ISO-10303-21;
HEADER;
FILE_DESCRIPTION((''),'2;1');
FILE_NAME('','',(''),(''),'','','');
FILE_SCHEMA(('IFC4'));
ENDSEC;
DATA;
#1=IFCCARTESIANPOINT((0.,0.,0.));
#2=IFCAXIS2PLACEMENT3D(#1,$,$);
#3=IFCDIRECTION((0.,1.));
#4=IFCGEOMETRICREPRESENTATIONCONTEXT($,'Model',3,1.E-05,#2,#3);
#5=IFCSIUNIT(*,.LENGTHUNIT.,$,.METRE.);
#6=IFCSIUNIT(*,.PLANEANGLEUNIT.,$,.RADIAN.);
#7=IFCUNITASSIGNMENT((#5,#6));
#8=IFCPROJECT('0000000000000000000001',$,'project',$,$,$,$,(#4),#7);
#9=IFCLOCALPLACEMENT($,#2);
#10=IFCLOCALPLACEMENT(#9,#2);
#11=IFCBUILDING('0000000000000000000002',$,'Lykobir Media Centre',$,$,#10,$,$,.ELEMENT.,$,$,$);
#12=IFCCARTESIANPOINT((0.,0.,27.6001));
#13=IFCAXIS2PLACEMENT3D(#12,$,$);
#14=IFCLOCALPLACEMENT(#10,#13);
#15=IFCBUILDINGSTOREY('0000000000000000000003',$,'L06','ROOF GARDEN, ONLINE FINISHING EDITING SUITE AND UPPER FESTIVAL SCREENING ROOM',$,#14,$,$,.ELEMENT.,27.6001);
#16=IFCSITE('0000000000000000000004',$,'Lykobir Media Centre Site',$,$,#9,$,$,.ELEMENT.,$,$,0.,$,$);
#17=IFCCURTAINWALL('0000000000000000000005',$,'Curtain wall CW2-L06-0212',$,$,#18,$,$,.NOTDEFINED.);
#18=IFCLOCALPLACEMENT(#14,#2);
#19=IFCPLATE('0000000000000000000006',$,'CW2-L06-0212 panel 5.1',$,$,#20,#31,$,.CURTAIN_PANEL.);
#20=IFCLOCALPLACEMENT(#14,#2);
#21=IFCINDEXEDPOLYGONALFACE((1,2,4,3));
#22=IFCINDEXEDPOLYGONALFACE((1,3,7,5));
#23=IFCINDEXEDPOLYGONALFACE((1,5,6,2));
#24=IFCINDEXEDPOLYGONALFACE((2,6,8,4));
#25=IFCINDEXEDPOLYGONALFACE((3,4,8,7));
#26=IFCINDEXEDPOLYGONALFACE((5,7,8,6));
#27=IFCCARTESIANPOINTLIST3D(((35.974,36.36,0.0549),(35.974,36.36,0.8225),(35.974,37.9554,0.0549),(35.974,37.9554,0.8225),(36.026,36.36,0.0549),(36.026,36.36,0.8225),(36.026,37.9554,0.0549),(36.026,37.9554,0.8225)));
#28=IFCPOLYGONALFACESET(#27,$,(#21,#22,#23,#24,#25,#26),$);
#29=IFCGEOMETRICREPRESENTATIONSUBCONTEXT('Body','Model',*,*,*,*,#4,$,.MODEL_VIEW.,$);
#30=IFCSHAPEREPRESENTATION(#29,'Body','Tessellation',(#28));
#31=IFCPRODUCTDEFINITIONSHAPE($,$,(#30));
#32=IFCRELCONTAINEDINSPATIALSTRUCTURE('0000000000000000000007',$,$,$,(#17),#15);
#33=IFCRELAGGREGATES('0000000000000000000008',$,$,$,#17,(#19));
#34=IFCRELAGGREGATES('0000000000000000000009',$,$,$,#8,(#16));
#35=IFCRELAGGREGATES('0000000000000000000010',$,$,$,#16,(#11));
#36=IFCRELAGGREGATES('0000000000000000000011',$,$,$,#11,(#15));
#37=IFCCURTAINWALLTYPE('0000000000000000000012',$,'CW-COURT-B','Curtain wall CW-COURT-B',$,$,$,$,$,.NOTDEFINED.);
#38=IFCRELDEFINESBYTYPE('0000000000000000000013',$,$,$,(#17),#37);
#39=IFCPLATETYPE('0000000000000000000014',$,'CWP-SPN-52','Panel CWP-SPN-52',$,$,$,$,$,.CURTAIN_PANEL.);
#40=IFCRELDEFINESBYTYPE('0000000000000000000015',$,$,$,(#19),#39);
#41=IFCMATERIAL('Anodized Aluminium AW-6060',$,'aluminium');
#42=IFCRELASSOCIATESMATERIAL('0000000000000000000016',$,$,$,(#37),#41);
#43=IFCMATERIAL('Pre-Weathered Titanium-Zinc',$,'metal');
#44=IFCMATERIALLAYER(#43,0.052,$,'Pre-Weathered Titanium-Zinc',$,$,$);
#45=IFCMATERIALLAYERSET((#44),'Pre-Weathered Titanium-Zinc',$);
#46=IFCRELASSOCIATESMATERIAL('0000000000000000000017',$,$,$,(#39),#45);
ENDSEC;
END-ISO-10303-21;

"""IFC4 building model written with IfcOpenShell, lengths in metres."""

from ifc_helpers import new_model, si_unit, direction, frame, origin, origin_2d, place, context, subcontext, project, spatial, rectangle, extrude, material, layer, layer_set, type_object, element, aggregate, save


model = new_model("IFC4")

# Units and contexts
model_context = context("Model", 3, precision=1e-05, world=origin(), true_north=direction((0.0, 1.0)))
body_context = subcontext(model_context, "Body", "Model", "MODEL_VIEW")
ifc_project = project(units=[si_unit("LENGTHUNIT", "METRE"), si_unit("PLANEANGLEUNIT", "RADIAN")], contexts=[model_context])

# Site, building, storey
site_placement = place(None, origin())
site = spatial("IfcSite", under=ifc_project, at=site_placement, Name="Lykobir Media Centre Site", CompositionType="ELEMENT", RefElevation=0.0)
building_placement = place(site_placement, origin())
building = spatial("IfcBuilding", under=site, at=building_placement, Name="Lykobir Media Centre", CompositionType="ELEMENT")
storey_placement = place(building_placement, frame((0.0, 0.0, 27.6001)))
storey = spatial("IfcBuildingStorey", under=building, at=storey_placement, Name="L06", Description="ROOF GARDEN, ONLINE FINISHING EDITING SUITE AND UPPER FESTIVAL SCREENING ROOM", CompositionType="ELEMENT", Elevation=27.6001)

# Curtain wall
ifc_material_1 = material(Name="Anodized Aluminium AW-6060", Category="aluminium")
curtain_wall_type = type_object("IfcCurtainWallType", Name="CW-COURT-B", Description="Curtain wall CW-COURT-B", PredefinedType="NOTDEFINED", material=ifc_material_1)
curtain_wall_1_placement = place(storey_placement, origin())
curtain_wall_1 = element("IfcCurtainWall", 1, at=curtain_wall_1_placement, inside=storey, type_object=curtain_wall_type, Name="Curtain wall CW2-L06-0212", PredefinedType="NOTDEFINED")

# Plate
ifc_material_2 = material(Name="Pre-Weathered Titanium-Zinc", Category="metal")
ifc_layer_1 = layer(ifc_material_2, 0.052, Name="Pre-Weathered Titanium-Zinc")
ifc_layer_set_1 = layer_set([ifc_layer_1], Name="Pre-Weathered Titanium-Zinc")
plate_type_1 = type_object("IfcPlateType", Name="CWP-SPN-52", Description="Panel CWP-SPN-52", PredefinedType="CURTAIN_PANEL", material=ifc_layer_set_1)
plate_1_placement = place(storey_placement, frame((36.0, 37.1577, 0.0549), z_axis=(0.0, 0.0, 1.0), x_axis=(0.0, -1.0, 0.0)))
plate_1 = element("IfcPlate", 2, at=plate_1_placement, type_object=plate_type_1, Name="CW2-L06-0212 panel 5.1", PredefinedType="CURTAIN_PANEL", context=body_context, shape_type="SweptSolid", body=[
    extrude(rectangle(XDim=1.5955, YDim=0.052, at=origin_2d()), origin(), (0.0, 0.0, 1.0), 0.7676),
])
aggregate(curtain_wall_1, [plate_1])

save(model, "model.ifc")
